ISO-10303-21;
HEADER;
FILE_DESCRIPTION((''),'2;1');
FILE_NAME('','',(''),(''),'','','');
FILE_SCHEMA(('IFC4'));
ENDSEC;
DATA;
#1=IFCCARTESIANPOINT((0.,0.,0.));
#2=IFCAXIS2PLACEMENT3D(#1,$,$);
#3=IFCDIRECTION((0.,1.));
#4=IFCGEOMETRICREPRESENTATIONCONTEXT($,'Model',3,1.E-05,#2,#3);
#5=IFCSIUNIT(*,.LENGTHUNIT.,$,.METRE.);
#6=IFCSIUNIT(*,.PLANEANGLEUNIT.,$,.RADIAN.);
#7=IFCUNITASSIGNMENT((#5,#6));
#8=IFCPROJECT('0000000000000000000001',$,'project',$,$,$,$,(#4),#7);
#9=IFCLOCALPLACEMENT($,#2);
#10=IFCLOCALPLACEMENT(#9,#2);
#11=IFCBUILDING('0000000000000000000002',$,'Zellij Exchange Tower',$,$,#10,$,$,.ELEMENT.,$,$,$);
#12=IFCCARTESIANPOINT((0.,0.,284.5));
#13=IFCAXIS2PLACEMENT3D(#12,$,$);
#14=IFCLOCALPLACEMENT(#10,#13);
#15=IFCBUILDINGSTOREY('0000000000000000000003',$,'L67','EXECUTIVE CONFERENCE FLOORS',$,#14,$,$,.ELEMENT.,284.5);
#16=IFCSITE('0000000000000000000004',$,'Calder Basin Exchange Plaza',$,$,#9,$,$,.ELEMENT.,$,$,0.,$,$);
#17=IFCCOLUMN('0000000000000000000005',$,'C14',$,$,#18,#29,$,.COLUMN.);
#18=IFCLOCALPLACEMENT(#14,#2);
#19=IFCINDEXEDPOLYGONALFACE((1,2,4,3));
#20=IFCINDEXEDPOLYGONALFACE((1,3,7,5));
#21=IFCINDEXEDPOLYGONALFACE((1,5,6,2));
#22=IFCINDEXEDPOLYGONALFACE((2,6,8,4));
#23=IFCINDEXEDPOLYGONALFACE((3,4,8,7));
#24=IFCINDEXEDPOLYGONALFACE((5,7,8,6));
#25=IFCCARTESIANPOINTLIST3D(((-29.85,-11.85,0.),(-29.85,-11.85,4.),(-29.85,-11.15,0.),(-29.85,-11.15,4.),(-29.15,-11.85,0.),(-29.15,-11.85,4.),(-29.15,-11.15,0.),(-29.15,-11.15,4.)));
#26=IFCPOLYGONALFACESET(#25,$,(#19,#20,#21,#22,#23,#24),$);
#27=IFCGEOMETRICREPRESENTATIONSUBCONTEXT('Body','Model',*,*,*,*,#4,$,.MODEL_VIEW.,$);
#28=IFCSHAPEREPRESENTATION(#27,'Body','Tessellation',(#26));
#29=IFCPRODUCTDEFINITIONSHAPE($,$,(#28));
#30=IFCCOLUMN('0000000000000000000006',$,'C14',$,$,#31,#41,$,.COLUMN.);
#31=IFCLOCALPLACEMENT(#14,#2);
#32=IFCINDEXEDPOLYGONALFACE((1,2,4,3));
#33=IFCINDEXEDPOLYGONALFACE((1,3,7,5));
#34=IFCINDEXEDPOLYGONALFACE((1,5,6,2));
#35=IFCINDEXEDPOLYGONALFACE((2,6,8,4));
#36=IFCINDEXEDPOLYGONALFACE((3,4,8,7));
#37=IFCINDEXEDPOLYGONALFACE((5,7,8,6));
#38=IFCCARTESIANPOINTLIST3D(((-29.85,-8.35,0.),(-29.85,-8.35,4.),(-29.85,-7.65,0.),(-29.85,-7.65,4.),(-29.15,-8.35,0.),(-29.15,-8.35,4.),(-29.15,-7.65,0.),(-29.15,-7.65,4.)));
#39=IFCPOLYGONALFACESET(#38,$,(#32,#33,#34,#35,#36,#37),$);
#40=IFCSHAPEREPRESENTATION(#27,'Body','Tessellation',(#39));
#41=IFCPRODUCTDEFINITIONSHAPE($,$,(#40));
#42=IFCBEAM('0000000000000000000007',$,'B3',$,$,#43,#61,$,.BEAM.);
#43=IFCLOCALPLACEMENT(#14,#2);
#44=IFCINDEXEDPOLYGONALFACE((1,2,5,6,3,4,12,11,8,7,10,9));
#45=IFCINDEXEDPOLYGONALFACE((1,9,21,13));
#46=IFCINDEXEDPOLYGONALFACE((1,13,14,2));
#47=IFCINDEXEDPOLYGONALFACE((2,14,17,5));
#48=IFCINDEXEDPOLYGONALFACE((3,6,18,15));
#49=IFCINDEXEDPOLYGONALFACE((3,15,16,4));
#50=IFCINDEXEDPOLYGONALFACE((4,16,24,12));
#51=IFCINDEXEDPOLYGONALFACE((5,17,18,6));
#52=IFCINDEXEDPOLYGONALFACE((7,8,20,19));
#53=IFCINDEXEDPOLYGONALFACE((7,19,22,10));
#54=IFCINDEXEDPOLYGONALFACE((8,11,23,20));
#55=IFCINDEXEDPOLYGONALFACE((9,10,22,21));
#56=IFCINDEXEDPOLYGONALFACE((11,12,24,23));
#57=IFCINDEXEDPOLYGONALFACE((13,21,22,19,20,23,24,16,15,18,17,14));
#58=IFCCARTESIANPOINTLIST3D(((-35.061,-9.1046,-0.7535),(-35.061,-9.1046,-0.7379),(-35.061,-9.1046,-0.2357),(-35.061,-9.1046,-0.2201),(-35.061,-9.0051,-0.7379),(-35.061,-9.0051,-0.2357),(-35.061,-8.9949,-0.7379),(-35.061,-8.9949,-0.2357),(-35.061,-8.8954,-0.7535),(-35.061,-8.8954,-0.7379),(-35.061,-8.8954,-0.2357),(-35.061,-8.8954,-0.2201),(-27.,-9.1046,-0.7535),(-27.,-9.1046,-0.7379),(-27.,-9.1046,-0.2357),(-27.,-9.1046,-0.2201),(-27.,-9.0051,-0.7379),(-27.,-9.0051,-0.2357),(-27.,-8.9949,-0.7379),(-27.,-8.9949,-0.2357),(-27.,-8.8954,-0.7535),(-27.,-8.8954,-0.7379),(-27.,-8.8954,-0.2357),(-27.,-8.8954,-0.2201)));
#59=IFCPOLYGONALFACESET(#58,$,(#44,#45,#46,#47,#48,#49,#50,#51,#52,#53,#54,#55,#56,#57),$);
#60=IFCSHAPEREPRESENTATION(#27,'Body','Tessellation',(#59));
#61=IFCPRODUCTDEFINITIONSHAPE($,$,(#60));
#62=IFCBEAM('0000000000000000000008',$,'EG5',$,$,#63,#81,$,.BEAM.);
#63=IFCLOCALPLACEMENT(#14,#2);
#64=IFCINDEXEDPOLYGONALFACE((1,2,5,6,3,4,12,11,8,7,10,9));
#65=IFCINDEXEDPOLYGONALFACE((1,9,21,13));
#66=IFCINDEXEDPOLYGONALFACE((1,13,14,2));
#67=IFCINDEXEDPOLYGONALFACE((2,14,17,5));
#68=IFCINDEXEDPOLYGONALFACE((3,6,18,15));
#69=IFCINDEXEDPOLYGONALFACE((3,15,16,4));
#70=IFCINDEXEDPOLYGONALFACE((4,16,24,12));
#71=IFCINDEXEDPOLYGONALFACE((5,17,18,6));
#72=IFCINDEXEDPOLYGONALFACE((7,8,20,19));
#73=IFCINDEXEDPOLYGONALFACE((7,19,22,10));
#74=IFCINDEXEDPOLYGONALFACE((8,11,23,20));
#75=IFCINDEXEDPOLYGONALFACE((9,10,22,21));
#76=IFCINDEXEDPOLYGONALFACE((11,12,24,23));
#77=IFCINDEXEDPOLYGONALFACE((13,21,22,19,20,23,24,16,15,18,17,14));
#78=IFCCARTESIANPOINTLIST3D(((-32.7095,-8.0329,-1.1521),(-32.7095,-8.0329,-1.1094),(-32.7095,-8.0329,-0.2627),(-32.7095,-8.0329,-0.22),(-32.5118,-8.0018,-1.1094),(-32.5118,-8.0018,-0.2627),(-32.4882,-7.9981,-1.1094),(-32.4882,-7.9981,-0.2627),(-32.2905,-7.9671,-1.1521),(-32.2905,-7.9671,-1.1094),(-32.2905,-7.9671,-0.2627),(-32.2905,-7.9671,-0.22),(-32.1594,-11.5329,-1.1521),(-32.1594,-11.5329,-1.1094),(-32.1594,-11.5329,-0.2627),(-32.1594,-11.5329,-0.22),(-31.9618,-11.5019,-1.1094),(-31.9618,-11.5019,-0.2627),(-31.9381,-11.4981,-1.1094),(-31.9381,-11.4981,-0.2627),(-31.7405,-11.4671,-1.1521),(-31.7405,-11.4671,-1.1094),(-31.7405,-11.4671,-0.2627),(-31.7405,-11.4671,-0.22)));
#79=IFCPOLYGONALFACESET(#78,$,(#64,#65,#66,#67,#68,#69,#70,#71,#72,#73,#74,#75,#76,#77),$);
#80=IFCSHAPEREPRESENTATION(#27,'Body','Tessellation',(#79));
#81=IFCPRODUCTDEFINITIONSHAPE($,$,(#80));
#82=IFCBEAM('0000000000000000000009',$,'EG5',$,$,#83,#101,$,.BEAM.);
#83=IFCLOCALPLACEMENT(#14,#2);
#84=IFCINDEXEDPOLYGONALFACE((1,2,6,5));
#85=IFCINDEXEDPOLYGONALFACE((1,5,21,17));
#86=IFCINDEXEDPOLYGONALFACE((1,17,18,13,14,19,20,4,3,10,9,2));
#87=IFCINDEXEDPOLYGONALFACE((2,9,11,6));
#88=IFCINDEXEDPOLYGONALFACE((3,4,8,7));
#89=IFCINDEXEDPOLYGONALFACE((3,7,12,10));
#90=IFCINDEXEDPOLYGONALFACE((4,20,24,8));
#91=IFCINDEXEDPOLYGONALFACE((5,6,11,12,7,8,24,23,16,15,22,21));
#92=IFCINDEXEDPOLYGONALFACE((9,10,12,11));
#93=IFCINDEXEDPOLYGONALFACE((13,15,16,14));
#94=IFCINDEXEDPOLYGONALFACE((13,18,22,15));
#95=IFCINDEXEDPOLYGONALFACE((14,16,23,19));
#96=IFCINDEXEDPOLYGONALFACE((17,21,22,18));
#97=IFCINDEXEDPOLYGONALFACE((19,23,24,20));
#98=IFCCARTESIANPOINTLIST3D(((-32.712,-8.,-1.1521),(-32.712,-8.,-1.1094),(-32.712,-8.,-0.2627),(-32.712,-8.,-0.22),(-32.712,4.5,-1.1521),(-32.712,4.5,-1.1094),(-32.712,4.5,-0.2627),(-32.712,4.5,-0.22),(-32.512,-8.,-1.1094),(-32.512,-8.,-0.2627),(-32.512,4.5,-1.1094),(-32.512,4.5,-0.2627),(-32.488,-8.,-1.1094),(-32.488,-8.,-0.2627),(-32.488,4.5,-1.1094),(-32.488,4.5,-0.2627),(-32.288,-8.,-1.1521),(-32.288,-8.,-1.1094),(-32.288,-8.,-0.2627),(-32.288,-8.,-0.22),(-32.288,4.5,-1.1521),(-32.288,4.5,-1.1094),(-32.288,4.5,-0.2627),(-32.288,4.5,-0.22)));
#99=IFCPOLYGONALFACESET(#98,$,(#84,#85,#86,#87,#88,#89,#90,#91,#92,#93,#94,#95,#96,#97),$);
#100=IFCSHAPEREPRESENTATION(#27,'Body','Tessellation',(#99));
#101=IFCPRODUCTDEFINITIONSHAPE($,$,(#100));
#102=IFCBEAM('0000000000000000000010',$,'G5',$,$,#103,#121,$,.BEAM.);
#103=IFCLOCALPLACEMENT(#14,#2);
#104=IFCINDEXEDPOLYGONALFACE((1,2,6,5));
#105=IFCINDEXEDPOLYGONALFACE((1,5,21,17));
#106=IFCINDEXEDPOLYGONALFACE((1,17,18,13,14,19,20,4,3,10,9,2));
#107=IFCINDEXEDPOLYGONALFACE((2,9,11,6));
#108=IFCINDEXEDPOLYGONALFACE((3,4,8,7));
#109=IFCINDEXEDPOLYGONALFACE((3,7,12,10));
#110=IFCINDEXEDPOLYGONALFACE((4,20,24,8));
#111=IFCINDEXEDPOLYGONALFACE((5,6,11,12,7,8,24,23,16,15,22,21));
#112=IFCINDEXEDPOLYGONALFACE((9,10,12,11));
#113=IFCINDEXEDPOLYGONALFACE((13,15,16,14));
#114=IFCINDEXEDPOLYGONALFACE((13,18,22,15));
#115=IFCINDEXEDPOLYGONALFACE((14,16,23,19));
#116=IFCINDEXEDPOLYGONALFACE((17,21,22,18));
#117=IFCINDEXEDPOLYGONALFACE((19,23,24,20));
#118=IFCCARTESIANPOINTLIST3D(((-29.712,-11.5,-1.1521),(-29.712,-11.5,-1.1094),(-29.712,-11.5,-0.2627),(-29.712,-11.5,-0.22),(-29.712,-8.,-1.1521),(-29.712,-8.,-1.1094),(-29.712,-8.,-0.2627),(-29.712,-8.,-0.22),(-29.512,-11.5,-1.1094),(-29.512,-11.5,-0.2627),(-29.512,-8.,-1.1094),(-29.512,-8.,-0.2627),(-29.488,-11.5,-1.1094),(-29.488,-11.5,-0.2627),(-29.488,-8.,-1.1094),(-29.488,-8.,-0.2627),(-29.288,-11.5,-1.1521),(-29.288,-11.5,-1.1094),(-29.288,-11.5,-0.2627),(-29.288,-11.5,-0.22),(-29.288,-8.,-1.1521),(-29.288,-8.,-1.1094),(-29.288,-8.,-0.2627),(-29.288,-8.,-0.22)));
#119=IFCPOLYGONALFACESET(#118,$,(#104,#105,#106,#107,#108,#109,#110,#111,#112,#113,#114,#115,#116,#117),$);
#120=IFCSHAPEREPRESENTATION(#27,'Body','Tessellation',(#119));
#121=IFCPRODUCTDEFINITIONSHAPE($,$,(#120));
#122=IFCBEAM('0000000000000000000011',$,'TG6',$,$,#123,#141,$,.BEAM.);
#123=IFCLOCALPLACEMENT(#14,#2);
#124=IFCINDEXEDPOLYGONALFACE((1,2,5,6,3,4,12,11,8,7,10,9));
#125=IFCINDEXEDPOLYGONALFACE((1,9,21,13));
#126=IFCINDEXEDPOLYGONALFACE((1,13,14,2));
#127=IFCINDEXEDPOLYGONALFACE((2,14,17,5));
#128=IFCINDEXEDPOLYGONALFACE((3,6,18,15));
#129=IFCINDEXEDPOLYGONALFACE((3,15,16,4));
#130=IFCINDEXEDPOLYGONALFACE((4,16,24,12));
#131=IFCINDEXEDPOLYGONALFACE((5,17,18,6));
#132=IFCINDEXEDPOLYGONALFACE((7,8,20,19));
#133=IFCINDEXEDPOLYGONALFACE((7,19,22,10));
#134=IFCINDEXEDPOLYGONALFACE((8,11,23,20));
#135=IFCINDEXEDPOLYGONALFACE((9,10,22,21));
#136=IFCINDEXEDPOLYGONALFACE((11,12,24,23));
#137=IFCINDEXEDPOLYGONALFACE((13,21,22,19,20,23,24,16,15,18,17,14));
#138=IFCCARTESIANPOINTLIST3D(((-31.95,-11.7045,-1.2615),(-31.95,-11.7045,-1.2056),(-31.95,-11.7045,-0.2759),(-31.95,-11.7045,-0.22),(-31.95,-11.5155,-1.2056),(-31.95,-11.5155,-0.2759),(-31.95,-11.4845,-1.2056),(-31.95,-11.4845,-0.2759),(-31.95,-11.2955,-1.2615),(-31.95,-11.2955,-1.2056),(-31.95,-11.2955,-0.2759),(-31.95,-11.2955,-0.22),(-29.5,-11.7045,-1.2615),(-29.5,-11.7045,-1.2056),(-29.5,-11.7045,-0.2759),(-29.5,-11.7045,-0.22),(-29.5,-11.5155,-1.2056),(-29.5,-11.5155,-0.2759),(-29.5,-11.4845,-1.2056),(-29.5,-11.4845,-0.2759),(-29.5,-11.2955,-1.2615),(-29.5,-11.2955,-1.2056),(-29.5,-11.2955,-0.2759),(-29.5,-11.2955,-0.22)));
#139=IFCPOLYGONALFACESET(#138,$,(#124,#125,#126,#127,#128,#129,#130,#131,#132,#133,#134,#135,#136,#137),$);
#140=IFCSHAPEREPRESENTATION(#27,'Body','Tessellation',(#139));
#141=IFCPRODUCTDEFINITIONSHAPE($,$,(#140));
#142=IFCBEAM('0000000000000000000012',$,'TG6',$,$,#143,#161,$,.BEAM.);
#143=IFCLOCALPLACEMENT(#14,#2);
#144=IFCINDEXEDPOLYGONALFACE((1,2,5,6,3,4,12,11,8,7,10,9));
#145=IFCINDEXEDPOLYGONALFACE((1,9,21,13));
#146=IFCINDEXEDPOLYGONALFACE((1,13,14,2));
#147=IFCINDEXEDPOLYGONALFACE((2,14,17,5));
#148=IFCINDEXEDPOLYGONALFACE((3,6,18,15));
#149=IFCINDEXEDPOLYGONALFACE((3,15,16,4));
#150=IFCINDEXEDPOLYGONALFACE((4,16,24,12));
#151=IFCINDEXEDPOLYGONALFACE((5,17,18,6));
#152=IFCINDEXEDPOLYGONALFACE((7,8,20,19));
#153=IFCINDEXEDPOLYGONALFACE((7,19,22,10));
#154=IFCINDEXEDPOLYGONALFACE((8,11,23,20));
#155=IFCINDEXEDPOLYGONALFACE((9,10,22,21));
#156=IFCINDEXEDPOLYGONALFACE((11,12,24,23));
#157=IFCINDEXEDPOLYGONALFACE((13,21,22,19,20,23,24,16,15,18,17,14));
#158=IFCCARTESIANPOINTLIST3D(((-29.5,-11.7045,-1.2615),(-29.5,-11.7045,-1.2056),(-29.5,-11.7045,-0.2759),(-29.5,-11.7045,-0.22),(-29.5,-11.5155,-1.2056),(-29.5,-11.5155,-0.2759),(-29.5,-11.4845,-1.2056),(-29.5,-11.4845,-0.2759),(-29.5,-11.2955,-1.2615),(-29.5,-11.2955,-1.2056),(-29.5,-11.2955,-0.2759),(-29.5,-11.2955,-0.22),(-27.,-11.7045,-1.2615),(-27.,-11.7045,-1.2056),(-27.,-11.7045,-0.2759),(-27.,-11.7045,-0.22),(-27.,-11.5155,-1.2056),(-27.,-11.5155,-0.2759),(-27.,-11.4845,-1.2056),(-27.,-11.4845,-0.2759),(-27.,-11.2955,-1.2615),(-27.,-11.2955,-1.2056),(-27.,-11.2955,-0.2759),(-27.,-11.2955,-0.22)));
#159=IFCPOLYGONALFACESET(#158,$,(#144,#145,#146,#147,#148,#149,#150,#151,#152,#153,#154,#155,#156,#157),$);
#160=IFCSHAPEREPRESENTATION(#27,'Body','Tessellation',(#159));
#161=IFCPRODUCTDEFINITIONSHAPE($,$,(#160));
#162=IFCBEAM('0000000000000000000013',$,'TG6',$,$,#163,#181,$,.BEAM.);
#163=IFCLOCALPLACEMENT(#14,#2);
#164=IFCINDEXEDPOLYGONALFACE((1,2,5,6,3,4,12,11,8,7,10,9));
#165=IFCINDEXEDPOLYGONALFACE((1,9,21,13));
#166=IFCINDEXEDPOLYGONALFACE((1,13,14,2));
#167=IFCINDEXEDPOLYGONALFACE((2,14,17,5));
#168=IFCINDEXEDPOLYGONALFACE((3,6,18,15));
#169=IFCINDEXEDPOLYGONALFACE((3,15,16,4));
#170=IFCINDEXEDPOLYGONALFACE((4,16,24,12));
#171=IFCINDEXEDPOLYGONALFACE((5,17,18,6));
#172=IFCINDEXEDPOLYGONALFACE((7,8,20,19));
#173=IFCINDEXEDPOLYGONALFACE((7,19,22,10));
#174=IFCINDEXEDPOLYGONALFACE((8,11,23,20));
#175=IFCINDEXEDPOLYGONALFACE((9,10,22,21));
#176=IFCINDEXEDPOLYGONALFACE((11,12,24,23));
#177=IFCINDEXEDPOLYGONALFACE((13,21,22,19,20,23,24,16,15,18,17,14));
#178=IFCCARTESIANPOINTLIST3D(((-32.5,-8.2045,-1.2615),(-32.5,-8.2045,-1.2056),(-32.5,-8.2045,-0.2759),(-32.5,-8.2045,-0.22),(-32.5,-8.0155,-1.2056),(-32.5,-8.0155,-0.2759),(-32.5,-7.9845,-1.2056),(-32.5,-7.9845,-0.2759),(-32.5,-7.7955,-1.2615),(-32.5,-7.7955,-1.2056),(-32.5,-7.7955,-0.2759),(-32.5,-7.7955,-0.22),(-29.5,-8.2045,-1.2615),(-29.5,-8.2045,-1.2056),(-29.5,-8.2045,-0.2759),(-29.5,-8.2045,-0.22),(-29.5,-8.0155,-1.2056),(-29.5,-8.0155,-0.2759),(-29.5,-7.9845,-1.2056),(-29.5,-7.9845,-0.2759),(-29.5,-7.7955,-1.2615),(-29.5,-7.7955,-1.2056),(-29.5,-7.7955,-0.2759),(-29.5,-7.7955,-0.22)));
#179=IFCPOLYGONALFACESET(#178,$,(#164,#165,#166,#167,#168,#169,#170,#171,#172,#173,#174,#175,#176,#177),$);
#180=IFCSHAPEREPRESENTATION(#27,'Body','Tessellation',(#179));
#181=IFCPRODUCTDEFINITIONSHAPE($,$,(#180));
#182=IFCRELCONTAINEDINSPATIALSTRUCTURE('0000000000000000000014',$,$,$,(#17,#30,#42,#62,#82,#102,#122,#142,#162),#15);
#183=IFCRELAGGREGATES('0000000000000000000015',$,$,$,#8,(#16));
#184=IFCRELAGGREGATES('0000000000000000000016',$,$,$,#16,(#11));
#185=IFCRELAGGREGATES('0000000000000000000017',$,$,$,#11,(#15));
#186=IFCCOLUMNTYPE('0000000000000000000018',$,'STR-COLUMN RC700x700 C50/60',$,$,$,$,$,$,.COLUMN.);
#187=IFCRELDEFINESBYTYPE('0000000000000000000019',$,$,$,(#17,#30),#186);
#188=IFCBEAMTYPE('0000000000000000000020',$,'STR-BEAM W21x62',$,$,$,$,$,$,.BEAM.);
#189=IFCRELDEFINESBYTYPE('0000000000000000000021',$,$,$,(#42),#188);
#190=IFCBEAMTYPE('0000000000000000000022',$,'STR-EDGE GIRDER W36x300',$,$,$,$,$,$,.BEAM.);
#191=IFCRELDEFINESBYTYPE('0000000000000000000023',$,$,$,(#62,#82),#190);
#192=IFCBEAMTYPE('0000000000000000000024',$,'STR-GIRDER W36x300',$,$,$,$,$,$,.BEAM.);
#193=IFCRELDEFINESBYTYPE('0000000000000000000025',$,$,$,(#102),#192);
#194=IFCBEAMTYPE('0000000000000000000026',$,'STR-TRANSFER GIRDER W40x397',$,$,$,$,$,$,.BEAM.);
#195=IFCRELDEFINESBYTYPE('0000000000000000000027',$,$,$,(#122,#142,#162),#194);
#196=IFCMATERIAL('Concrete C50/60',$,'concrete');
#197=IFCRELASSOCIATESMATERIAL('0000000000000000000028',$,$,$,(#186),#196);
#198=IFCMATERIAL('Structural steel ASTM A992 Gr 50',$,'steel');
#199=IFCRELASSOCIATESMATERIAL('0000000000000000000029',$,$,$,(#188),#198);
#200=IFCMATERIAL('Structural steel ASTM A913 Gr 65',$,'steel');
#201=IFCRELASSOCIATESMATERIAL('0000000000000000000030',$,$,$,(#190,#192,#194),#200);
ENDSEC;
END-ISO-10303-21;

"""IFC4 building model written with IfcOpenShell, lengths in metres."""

from ifc_helpers import new_model, si_unit, direction, frame, origin, origin_2d, place, context, subcontext, project, spatial, rectangle, i_section, extrude, material, material_profile, profile_set, type_object, element, save


model = new_model("IFC4")

# Units and contexts
model_context = context("Model", 3, precision=1e-05, world=origin(), true_north=direction((0.0, 1.0)))
body_context = subcontext(model_context, "Body", "Model", "MODEL_VIEW")
ifc_project = project(units=[si_unit("LENGTHUNIT", "METRE"), si_unit("PLANEANGLEUNIT", "RADIAN")], contexts=[model_context])

# Site, building, storey
site_placement = place(None, origin())
site = spatial("IfcSite", under=ifc_project, at=site_placement, Name="Calder Basin Exchange Plaza", CompositionType="ELEMENT", RefElevation=0.0)
building_placement = place(site_placement, origin())
building = spatial("IfcBuilding", under=site, at=building_placement, Name="Zellij Exchange Tower", CompositionType="ELEMENT")
storey_placement = place(building_placement, frame((0.0, 0.0, 284.5)))
storey = spatial("IfcBuildingStorey", under=building, at=storey_placement, Name="L67", Description="EXECUTIVE CONFERENCE FLOORS", CompositionType="ELEMENT", Elevation=284.5)

# Columns
ifc_material_1 = material(Name="Concrete C50/60", Category="concrete")
ifc_material_profile_1 = material_profile(ifc_material_1, rectangle(XDim=0.7, YDim=0.7, at=origin_2d()), Name="STR-COLUMN RC700x700 C50/60")
ifc_profile_set_1 = profile_set([ifc_material_profile_1], Name="Concrete C50/60")
column_type = type_object("IfcColumnType", Name="STR-COLUMN RC700x700 C50/60", PredefinedType="COLUMN", material=ifc_profile_set_1)
for number, where, z_axis, x_axis, name in (
    (1, (-29.5, -11.5, 0.0), (0.0, 0.0, 1.0), (1.0, 0.0, 0.0), "C14"),
    (2, (-29.5, -8.0, 0.0), (0.0, 0.0, 1.0), (1.0, 0.0, 0.0), "C14"),
):
    element("IfcColumn", number, at=place(storey_placement, frame(where, z_axis=z_axis, x_axis=x_axis)), inside=storey, type_object=column_type, Name=name, PredefinedType="COLUMN", context=body_context, shape_type="SweptSolid", body=[
        extrude(rectangle(XDim=0.7, YDim=0.7, at=origin_2d()), origin(), (0.0, 0.0, 1.0), 4.0),
    ])

# Beams
ifc_material_2 = material(Name="Structural steel ASTM A992 Gr 50", Category="steel")
ifc_material_profile_2 = material_profile(ifc_material_2, i_section(OverallWidth=0.2092, OverallDepth=0.5334, WebThickness=0.0103, FlangeThickness=0.0156, at=origin_2d()), Name="W21x62")
ifc_profile_set_2 = profile_set([ifc_material_profile_2], Name="Structural steel ASTM A992 Gr 50")
beam_type_1 = type_object("IfcBeamType", Name="STR-BEAM W21x62", PredefinedType="BEAM", material=ifc_profile_set_2)
beam_1_placement = place(storey_placement, frame((-35.061, -9.0, -0.4868), z_axis=(1.0, 0.0, 0.0), x_axis=(0.0, 1.0, 0.0)))
element("IfcBeam", 3, at=beam_1_placement, inside=storey, type_object=beam_type_1, Name="B3", PredefinedType="BEAM", context=body_context, shape_type="SweptSolid", body=[
    extrude(i_section(OverallWidth=0.2092, OverallDepth=0.5334, WebThickness=0.0103, FlangeThickness=0.0156, at=origin_2d()), origin(), (0.0, 0.0, 1.0), 8.061),
])
ifc_material_3 = material(Name="Structural steel ASTM A913 Gr 65", Category="steel")
ifc_material_profile_3 = material_profile(ifc_material_3, i_section(OverallWidth=0.4241, OverallDepth=0.9321, WebThickness=0.0239, FlangeThickness=0.0427, at=origin_2d()), Name="W36x300")
ifc_profile_set_3 = profile_set([ifc_material_profile_3], Name="Structural steel ASTM A913 Gr 65")
beam_type_2 = type_object("IfcBeamType", Name="STR-EDGE GIRDER W36x300", PredefinedType="BEAM", material=ifc_profile_set_3)
beam_2_placement = place(storey_placement, frame((-31.95, -11.5, -0.686), z_axis=(-0.155251, 0.987875, 0.0), x_axis=(-0.987875, -0.155251, 0.0)))
element("IfcBeam", 4, at=beam_2_placement, inside=storey, type_object=beam_type_2, Name="EG5", PredefinedType="BEAM", context=body_context, shape_type="SweptSolid", body=[
    extrude(i_section(OverallWidth=0.4241, OverallDepth=0.9321, WebThickness=0.0239, FlangeThickness=0.0427, at=origin_2d()), origin(), (0.0, 0.0, 1.0), 3.543),
])
beam_3_placement = place(storey_placement, frame((-32.5, -8.0, -0.686), z_axis=(0.0, 1.0, 0.0), x_axis=(-1.0, 0.0, 0.0)))
element("IfcBeam", 5, at=beam_3_placement, inside=storey, type_object=beam_type_2, Name="EG5", PredefinedType="BEAM", context=body_context, shape_type="SweptSolid", body=[
    extrude(i_section(OverallWidth=0.4241, OverallDepth=0.9321, WebThickness=0.0239, FlangeThickness=0.0427, at=origin_2d()), origin(), (0.0, 0.0, 1.0), 12.5),
])
ifc_material_profile_4 = material_profile(ifc_material_3, i_section(OverallWidth=0.4241, OverallDepth=0.9321, WebThickness=0.0239, FlangeThickness=0.0427, at=origin_2d()), Name="W36x300")
ifc_profile_set_4 = profile_set([ifc_material_profile_4], Name="Structural steel ASTM A913 Gr 65")
beam_type_3 = type_object("IfcBeamType", Name="STR-GIRDER W36x300", PredefinedType="BEAM", material=ifc_profile_set_4)
beam_4_placement = place(storey_placement, frame((-29.5, -11.5, -0.686), z_axis=(0.0, 1.0, 0.0), x_axis=(-1.0, 0.0, 0.0)))
element("IfcBeam", 6, at=beam_4_placement, inside=storey, type_object=beam_type_3, Name="G5", PredefinedType="BEAM", context=body_context, shape_type="SweptSolid", body=[
    extrude(i_section(OverallWidth=0.4241, OverallDepth=0.9321, WebThickness=0.0239, FlangeThickness=0.0427, at=origin_2d()), origin(), (0.0, 0.0, 1.0), 3.5),
])
ifc_material_profile_5 = material_profile(ifc_material_3, i_section(OverallWidth=0.4089, OverallDepth=1.0415, WebThickness=0.031, FlangeThickness=0.0559, at=origin_2d()), Name="W40x397")
ifc_profile_set_5 = profile_set([ifc_material_profile_5], Name="Structural steel ASTM A913 Gr 65")
beam_type_4 = type_object("IfcBeamType", Name="STR-TRANSFER GIRDER W40x397", PredefinedType="BEAM", material=ifc_profile_set_5)
beam_5_placement = place(storey_placement, frame((-31.95, -11.5, -0.7407), z_axis=(1.0, 0.0, 0.0), x_axis=(0.0, 1.0, 0.0)))
element("IfcBeam", 7, at=beam_5_placement, inside=storey, type_object=beam_type_4, Name="TG6", PredefinedType="BEAM", context=body_context, shape_type="SweptSolid", body=[
    extrude(i_section(OverallWidth=0.4089, OverallDepth=1.0415, WebThickness=0.031, FlangeThickness=0.0559, at=origin_2d()), origin(), (0.0, 0.0, 1.0), 2.45),
])
beam_6_placement = place(storey_placement, frame((-29.5, -11.5, -0.7407), z_axis=(1.0, 0.0, 0.0), x_axis=(0.0, 1.0, 0.0)))
element("IfcBeam", 8, at=beam_6_placement, inside=storey, type_object=beam_type_4, Name="TG6", PredefinedType="BEAM", context=body_context, shape_type="SweptSolid", body=[
    extrude(i_section(OverallWidth=0.4089, OverallDepth=1.0415, WebThickness=0.031, FlangeThickness=0.0559, at=origin_2d()), origin(), (0.0, 0.0, 1.0), 2.5),
])
beam_7_placement = place(storey_placement, frame((-32.5, -8.0, -0.7407), z_axis=(1.0, 0.0, 0.0), x_axis=(0.0, 1.0, 0.0)))
element("IfcBeam", 9, at=beam_7_placement, inside=storey, type_object=beam_type_4, Name="TG6", PredefinedType="BEAM", context=body_context, shape_type="SweptSolid", body=[
    extrude(i_section(OverallWidth=0.4089, OverallDepth=1.0415, WebThickness=0.031, FlangeThickness=0.0559, at=origin_2d()), origin(), (0.0, 0.0, 1.0), 3.0),
])

save(model, "model.ifc")
